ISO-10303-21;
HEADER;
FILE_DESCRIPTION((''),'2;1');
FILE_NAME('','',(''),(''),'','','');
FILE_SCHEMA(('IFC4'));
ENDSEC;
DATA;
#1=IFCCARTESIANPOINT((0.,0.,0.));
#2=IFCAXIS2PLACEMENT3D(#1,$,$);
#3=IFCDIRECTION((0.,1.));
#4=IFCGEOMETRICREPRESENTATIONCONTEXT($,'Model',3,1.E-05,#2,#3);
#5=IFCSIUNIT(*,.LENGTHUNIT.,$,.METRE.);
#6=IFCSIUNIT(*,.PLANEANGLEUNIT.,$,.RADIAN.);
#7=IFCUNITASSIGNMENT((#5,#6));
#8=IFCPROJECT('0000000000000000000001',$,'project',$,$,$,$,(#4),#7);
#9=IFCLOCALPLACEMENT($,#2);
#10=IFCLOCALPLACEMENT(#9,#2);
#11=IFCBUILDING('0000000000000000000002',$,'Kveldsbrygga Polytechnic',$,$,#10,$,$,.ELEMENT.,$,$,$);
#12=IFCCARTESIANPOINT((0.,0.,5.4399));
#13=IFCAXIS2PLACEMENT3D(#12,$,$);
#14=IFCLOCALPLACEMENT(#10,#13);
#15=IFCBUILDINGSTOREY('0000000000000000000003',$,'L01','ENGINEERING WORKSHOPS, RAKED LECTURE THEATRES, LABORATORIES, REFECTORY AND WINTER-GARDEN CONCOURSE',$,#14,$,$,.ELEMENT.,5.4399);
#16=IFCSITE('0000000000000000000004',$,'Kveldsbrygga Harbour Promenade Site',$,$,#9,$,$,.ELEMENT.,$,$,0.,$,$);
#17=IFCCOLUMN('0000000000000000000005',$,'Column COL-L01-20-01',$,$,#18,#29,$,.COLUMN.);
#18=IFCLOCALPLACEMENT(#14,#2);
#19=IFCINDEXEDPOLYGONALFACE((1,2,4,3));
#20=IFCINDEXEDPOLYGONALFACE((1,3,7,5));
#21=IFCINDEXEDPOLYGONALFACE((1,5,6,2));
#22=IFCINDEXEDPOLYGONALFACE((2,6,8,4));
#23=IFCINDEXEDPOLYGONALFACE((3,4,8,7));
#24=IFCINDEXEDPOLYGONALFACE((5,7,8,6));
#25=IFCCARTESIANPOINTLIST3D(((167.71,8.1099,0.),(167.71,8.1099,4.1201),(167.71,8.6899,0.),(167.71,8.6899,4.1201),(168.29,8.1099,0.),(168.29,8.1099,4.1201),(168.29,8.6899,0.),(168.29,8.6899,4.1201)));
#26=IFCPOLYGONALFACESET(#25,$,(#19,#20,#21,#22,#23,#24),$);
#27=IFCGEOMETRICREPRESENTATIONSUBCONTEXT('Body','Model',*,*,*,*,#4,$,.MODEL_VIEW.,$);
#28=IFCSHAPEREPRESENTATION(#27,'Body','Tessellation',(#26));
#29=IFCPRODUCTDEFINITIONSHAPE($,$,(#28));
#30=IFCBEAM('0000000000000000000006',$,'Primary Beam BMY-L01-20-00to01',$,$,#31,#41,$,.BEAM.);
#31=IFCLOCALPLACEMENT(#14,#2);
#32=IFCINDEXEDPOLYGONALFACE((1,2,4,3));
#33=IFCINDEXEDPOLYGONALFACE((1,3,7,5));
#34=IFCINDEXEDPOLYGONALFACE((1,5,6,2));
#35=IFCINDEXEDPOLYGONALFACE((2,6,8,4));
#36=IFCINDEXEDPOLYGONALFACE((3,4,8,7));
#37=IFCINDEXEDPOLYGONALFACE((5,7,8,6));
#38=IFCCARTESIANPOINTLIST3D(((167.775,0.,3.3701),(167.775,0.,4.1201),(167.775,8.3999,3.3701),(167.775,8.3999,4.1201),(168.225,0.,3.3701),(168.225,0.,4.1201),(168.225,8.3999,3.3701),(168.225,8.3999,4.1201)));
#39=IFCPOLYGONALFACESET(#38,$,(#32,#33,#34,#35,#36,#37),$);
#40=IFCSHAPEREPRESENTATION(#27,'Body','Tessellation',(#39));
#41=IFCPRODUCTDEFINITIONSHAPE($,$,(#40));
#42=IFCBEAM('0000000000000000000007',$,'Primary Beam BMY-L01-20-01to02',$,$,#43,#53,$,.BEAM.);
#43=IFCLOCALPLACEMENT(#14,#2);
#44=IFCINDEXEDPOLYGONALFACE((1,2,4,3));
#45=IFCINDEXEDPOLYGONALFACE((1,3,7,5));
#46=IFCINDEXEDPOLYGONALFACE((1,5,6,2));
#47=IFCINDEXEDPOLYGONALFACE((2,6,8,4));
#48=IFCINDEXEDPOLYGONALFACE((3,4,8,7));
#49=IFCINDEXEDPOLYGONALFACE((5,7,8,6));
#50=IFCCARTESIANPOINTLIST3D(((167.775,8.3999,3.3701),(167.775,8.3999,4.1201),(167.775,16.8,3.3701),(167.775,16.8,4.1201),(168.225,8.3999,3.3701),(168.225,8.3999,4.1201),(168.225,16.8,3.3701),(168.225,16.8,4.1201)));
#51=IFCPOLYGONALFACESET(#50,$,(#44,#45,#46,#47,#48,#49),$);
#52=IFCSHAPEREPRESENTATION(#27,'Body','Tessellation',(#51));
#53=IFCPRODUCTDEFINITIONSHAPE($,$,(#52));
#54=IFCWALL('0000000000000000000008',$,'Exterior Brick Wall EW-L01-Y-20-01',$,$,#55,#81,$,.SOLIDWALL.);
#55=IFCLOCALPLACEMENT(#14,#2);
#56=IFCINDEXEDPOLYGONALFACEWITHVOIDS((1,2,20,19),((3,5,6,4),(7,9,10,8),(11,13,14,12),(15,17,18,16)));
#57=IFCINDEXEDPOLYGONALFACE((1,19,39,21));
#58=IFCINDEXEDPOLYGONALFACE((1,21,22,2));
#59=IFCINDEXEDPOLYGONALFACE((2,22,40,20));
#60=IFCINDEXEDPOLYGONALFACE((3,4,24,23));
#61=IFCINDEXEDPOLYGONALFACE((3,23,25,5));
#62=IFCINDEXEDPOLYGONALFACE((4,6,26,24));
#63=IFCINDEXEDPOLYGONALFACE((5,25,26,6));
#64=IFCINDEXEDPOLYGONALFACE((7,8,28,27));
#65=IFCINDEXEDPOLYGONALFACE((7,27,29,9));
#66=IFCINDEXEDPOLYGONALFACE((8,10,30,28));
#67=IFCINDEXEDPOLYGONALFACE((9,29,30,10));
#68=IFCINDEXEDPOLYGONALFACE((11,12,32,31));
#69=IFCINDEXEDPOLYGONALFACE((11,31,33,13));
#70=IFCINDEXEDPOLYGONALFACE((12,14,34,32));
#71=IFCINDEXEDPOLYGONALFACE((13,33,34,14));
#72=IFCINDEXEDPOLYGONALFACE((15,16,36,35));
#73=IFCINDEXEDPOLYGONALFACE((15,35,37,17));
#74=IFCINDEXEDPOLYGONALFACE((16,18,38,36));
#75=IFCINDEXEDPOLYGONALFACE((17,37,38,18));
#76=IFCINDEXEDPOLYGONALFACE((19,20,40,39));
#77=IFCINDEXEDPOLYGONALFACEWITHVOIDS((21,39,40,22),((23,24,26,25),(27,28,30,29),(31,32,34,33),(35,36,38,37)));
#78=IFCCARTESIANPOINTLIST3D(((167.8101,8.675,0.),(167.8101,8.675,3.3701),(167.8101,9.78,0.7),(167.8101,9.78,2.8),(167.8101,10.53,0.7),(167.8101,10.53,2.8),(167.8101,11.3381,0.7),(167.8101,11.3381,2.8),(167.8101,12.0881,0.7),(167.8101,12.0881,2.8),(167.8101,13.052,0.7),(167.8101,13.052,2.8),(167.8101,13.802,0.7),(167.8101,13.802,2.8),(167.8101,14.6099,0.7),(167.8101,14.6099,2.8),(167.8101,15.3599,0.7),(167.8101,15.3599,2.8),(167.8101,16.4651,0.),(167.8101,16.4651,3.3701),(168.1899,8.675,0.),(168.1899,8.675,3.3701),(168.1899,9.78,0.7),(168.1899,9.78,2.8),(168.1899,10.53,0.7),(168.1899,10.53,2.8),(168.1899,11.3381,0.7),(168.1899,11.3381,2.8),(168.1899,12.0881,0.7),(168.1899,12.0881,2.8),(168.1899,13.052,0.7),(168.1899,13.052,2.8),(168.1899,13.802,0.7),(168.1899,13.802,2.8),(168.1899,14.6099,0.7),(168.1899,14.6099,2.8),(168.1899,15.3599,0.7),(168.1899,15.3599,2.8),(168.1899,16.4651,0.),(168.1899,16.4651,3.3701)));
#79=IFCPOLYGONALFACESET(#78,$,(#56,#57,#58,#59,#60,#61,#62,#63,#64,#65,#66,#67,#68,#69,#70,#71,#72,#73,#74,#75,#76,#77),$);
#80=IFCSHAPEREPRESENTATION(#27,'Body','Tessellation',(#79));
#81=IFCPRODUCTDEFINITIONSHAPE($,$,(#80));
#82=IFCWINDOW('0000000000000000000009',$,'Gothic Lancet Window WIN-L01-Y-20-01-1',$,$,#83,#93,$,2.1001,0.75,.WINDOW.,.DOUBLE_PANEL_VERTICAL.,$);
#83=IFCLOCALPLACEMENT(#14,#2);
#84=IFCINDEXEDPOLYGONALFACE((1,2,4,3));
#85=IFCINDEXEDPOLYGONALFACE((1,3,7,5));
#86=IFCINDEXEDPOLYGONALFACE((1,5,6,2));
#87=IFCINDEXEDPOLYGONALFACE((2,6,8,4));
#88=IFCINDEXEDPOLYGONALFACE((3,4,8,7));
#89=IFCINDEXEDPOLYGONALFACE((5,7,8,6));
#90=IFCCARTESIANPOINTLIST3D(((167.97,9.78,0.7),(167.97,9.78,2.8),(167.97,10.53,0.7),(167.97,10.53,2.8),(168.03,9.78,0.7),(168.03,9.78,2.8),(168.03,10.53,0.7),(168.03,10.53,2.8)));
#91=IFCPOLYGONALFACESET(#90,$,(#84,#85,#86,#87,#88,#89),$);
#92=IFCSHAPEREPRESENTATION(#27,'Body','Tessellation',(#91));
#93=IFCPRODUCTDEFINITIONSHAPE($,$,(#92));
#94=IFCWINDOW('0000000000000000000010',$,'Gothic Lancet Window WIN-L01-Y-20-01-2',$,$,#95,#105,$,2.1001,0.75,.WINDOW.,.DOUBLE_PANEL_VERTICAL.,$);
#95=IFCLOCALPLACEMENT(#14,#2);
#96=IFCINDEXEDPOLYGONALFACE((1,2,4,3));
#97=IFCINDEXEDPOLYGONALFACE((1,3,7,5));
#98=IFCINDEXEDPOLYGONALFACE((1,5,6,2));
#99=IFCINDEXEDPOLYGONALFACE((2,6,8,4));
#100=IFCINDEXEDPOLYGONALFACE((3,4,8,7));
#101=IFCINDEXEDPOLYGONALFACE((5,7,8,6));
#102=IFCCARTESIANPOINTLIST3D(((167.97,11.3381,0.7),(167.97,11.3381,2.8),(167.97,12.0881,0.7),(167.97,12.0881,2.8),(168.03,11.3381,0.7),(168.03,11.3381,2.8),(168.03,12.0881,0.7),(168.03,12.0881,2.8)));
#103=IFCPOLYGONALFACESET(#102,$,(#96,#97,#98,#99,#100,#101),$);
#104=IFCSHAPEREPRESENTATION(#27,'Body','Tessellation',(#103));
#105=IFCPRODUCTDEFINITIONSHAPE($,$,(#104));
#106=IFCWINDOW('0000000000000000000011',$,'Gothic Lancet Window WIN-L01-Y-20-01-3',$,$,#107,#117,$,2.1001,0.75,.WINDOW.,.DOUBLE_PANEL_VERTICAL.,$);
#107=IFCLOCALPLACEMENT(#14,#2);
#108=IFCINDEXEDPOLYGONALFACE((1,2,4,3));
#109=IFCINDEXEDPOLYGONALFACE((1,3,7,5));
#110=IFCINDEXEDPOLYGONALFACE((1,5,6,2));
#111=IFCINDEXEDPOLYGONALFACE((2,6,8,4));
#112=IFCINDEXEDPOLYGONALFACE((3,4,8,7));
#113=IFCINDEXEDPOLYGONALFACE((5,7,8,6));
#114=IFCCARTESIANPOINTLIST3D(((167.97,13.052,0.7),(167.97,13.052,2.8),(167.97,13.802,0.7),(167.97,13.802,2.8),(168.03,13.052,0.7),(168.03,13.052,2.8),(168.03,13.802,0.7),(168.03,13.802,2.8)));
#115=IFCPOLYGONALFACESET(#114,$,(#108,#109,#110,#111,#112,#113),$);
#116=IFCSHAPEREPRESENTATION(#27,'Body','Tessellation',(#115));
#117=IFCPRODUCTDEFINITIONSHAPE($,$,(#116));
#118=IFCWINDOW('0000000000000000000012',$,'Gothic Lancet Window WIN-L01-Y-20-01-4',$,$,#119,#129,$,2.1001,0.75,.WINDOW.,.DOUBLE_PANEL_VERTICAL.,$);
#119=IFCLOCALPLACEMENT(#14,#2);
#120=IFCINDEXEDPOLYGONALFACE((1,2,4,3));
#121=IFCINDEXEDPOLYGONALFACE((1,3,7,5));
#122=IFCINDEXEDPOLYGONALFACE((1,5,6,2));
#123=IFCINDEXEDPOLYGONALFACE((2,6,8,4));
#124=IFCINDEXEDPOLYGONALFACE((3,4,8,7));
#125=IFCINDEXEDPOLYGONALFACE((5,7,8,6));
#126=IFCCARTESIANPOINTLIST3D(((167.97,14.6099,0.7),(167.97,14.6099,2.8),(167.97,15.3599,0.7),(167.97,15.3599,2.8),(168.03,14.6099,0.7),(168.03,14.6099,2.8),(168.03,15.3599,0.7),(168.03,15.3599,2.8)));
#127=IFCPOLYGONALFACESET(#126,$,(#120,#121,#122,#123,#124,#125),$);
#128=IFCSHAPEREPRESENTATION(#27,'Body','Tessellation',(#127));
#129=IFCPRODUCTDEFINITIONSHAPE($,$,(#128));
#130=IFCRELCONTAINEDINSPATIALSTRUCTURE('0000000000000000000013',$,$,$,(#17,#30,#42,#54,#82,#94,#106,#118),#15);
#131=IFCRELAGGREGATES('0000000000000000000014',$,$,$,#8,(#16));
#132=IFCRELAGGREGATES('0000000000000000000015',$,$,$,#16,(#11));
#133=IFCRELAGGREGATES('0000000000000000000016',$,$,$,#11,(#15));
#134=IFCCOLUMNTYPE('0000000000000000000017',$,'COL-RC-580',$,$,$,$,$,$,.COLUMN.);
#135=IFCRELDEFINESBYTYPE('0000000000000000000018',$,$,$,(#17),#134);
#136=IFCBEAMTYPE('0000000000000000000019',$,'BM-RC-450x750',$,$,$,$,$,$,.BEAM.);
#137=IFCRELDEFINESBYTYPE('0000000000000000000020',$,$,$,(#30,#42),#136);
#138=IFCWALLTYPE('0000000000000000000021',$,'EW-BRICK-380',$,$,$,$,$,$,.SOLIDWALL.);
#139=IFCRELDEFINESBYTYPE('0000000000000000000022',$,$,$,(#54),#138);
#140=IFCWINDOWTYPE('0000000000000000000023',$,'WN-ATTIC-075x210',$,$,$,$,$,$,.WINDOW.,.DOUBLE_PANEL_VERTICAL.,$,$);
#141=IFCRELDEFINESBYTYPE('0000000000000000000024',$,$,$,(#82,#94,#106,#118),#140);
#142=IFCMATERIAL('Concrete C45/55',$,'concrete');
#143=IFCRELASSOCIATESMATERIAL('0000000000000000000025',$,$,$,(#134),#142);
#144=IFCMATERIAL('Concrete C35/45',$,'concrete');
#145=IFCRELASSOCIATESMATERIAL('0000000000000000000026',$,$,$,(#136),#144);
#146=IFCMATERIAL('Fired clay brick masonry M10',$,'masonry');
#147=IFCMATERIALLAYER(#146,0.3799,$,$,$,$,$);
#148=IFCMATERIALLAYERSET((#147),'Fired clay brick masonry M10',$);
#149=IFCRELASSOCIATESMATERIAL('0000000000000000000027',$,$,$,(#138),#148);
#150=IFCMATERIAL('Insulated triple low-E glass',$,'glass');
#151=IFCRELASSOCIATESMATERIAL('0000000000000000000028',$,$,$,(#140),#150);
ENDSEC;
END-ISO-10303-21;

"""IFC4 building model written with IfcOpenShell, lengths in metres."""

from ifc_helpers import new_model, si_unit, direction, frame, frame_2d, origin, origin_2d, place, context, subcontext, project, spatial, rectangle, extrude, material, layer, layer_set, material_profile, profile_set, type_object, element, fill, save


model = new_model("IFC4")

# Units and contexts
model_context = context("Model", 3, precision=1e-05, world=origin(), true_north=direction((0.0, 1.0)))
body_context = subcontext(model_context, "Body", "Model", "MODEL_VIEW")
ifc_project = project(units=[si_unit("LENGTHUNIT", "METRE"), si_unit("PLANEANGLEUNIT", "RADIAN")], contexts=[model_context])

# Site, building, storey
site_placement = place(None, origin())
site = spatial("IfcSite", under=ifc_project, at=site_placement, Name="Kveldsbrygga Harbour Promenade Site", CompositionType="ELEMENT", RefElevation=0.0)
building_placement = place(site_placement, origin())
building = spatial("IfcBuilding", under=site, at=building_placement, Name="Kveldsbrygga Polytechnic", CompositionType="ELEMENT")
storey_placement = place(building_placement, frame((0.0, 0.0, 5.4399)))
storey = spatial("IfcBuildingStorey", under=building, at=storey_placement, Name="L01", Description="ENGINEERING WORKSHOPS, RAKED LECTURE THEATRES, LABORATORIES, REFECTORY AND WINTER-GARDEN CONCOURSE", CompositionType="ELEMENT", Elevation=5.4399)

# Column
ifc_material_1 = material(Name="Concrete C45/55", Category="concrete")
ifc_material_profile_1 = material_profile(ifc_material_1, rectangle(XDim=0.5801, YDim=0.5801, at=origin_2d()), Name="RC 580x580")
ifc_profile_set_1 = profile_set([ifc_material_profile_1], Name="Concrete C45/55")
column_type = type_object("IfcColumnType", Name="COL-RC-580", PredefinedType="COLUMN", material=ifc_profile_set_1)
column_placement = place(storey_placement, frame((168.0, 8.3999, 0.0), z_axis=(0.0, 0.0, 1.0), x_axis=(1.0, 0.0, 0.0)))
element("IfcColumn", 1, at=column_placement, inside=storey, type_object=column_type, Name="Column COL-L01-20-01", PredefinedType="COLUMN", context=body_context, shape_type="SweptSolid", body=[
    extrude(rectangle(XDim=0.5801, YDim=0.5801, at=origin_2d()), origin(), (0.0, 0.0, 1.0), 4.1201),
])

# Beams
ifc_material_2 = material(Name="Concrete C35/45", Category="concrete")
ifc_material_profile_2 = material_profile(ifc_material_2, rectangle(XDim=0.45, YDim=0.75, at=origin_2d()), Name="RC 450x750")
ifc_profile_set_2 = profile_set([ifc_material_profile_2], Name="Concrete C35/45")
beam_type = type_object("IfcBeamType", Name="BM-RC-450x750", PredefinedType="BEAM", material=ifc_profile_set_2)
beam_1_placement = place(storey_placement, frame((168.0, 0.0, 3.7451), z_axis=(0.0, 1.0, 0.0), x_axis=(-1.0, 0.0, 0.0)))
element("IfcBeam", 2, at=beam_1_placement, inside=storey, type_object=beam_type, Name="Primary Beam BMY-L01-20-00to01", PredefinedType="BEAM", context=body_context, shape_type="SweptSolid", body=[
    extrude(rectangle(XDim=0.45, YDim=0.75, at=origin_2d()), origin(), (0.0, 0.0, 1.0), 8.3999),
])
beam_2_placement = place(storey_placement, frame((168.0, 8.3999, 3.7451), z_axis=(0.0, 1.0, 0.0), x_axis=(-1.0, 0.0, 0.0)))
element("IfcBeam", 3, at=beam_2_placement, inside=storey, type_object=beam_type, Name="Primary Beam BMY-L01-20-01to02", PredefinedType="BEAM", context=body_context, shape_type="SweptSolid", body=[
    extrude(rectangle(XDim=0.45, YDim=0.75, at=origin_2d()), origin(), (0.0, 0.0, 1.0), 8.4001),
])

# Wall, openings, windows
ifc_material_3 = material(Name="Fired clay brick masonry M10", Category="masonry")
ifc_layer_1 = layer(ifc_material_3, 0.3799)
ifc_layer_set_1 = layer_set([ifc_layer_1], Name="Fired clay brick masonry M10")
wall_type_1 = type_object("IfcWallType", Name="EW-BRICK-380", PredefinedType="SOLIDWALL", material=ifc_layer_set_1)
wall_1_placement = place(storey_placement, frame((168.0, 8.675, 0.0), z_axis=(0.0, 0.0, 1.0), x_axis=(0.0, 1.0, 0.0)))
wall_1 = element("IfcWall", 4, at=wall_1_placement, inside=storey, type_object=wall_type_1, Name="Exterior Brick Wall EW-L01-Y-20-01", PredefinedType="SOLIDWALL", context=body_context, shape_type="SweptSolid", body=[
    extrude(rectangle(XDim=7.79, YDim=0.3799, at=frame_2d((3.895, 0.0))), origin(), (0.0, 0.0, 1.0), 3.3701),
])
opening_1_placement = place(wall_1_placement, frame((1.105, 0.0, 0.7)))
opening_1 = element("IfcOpeningElement", 5, at=opening_1_placement, cuts=wall_1, PredefinedType="OPENING", context=body_context, shape_type="SweptSolid", body=[
    extrude(rectangle(XDim=0.75, YDim=2.1001, at=frame_2d((0.375, 1.05))), frame((0.0, 0.2, 0.0), z_axis=(0.0, -1.0, 0.0), x_axis=(1.0, 0.0, 0.0)), (0.0, 0.0, 1.0), 0.3999),
])
opening_2_placement = place(wall_1_placement, frame((2.6631, 0.0, 0.7)))
opening_2 = element("IfcOpeningElement", 6, at=opening_2_placement, cuts=wall_1, PredefinedType="OPENING", context=body_context, shape_type="SweptSolid", body=[
    extrude(rectangle(XDim=0.75, YDim=2.1001, at=frame_2d((0.375, 1.05))), frame((0.0, 0.2, 0.0), z_axis=(0.0, -1.0, 0.0), x_axis=(1.0, 0.0, 0.0)), (0.0, 0.0, 1.0), 0.3999),
])
opening_3_placement = place(wall_1_placement, frame((4.377, 0.0, 0.7)))
opening_3 = element("IfcOpeningElement", 7, at=opening_3_placement, cuts=wall_1, PredefinedType="OPENING", context=body_context, shape_type="SweptSolid", body=[
    extrude(rectangle(XDim=0.75, YDim=2.1001, at=frame_2d((0.375, 1.05))), frame((0.0, 0.2, 0.0), z_axis=(0.0, -1.0, 0.0), x_axis=(1.0, 0.0, 0.0)), (0.0, 0.0, 1.0), 0.3999),
])
opening_4_placement = place(wall_1_placement, frame((5.9348, 0.0, 0.7)))
opening_4 = element("IfcOpeningElement", 8, at=opening_4_placement, cuts=wall_1, PredefinedType="OPENING", context=body_context, shape_type="SweptSolid", body=[
    extrude(rectangle(XDim=0.75, YDim=2.1001, at=frame_2d((0.375, 1.05))), frame((0.0, 0.2, 0.0), z_axis=(0.0, -1.0, 0.0), x_axis=(1.0, 0.0, 0.0)), (0.0, 0.0, 1.0), 0.3999),
])
ifc_material_4 = material(Name="Insulated triple low-E glass", Category="glass")
window_type = type_object("IfcWindowType", Name="WN-ATTIC-075x210", PartitioningType="DOUBLE_PANEL_VERTICAL", PredefinedType="WINDOW", material=ifc_material_4)
window_1_placement = place(opening_1_placement, origin())
window_1 = element("IfcWindow", 9, at=window_1_placement, inside=storey, type_object=window_type, Name="Gothic Lancet Window WIN-L01-Y-20-01-1", OverallHeight=2.1001, OverallWidth=0.75, PartitioningType="DOUBLE_PANEL_VERTICAL", PredefinedType="WINDOW", context=body_context, shape_type="SweptSolid", body=[
    extrude(rectangle(XDim=0.75, YDim=2.1001, at=frame_2d((0.375, 1.05))), frame((0.0, 0.03, 0.0), z_axis=(0.0, -1.0, 0.0), x_axis=(1.0, 0.0, 0.0)), (0.0, 0.0, 1.0), 0.0601),
])
fill(opening_1, window_1)
window_2_placement = place(opening_2_placement, origin())
window_2 = element("IfcWindow", 10, at=window_2_placement, inside=storey, type_object=window_type, Name="Gothic Lancet Window WIN-L01-Y-20-01-2", OverallHeight=2.1001, OverallWidth=0.75, PartitioningType="DOUBLE_PANEL_VERTICAL", PredefinedType="WINDOW", context=body_context, shape_type="SweptSolid", body=[
    extrude(rectangle(XDim=0.75, YDim=2.1001, at=frame_2d((0.375, 1.05))), frame((0.0, 0.03, 0.0), z_axis=(0.0, -1.0, 0.0), x_axis=(1.0, 0.0, 0.0)), (0.0, 0.0, 1.0), 0.0601),
])
fill(opening_2, window_2)
window_3_placement = place(opening_3_placement, origin())
window_3 = element("IfcWindow", 11, at=window_3_placement, inside=storey, type_object=window_type, Name="Gothic Lancet Window WIN-L01-Y-20-01-3", OverallHeight=2.1001, OverallWidth=0.75, PartitioningType="DOUBLE_PANEL_VERTICAL", PredefinedType="WINDOW", context=body_context, shape_type="SweptSolid", body=[
    extrude(rectangle(XDim=0.75, YDim=2.1001, at=frame_2d((0.375, 1.05))), frame((0.0, 0.03, 0.0), z_axis=(0.0, -1.0, 0.0), x_axis=(1.0, 0.0, 0.0)), (0.0, 0.0, 1.0), 0.0601),
])
fill(opening_3, window_3)
window_4_placement = place(opening_4_placement, origin())
window_4 = element("IfcWindow", 12, at=window_4_placement, inside=storey, type_object=window_type, Name="Gothic Lancet Window WIN-L01-Y-20-01-4", OverallHeight=2.1001, OverallWidth=0.75, PartitioningType="DOUBLE_PANEL_VERTICAL", PredefinedType="WINDOW", context=body_context, shape_type="SweptSolid", body=[
    extrude(rectangle(XDim=0.75, YDim=2.1001, at=frame_2d((0.375, 1.05))), frame((0.0, 0.03, 0.0), z_axis=(0.0, -1.0, 0.0), x_axis=(1.0, 0.0, 0.0)), (0.0, 0.0, 1.0), 0.0601),
])
fill(opening_4, window_4)

save(model, "model.ifc")
